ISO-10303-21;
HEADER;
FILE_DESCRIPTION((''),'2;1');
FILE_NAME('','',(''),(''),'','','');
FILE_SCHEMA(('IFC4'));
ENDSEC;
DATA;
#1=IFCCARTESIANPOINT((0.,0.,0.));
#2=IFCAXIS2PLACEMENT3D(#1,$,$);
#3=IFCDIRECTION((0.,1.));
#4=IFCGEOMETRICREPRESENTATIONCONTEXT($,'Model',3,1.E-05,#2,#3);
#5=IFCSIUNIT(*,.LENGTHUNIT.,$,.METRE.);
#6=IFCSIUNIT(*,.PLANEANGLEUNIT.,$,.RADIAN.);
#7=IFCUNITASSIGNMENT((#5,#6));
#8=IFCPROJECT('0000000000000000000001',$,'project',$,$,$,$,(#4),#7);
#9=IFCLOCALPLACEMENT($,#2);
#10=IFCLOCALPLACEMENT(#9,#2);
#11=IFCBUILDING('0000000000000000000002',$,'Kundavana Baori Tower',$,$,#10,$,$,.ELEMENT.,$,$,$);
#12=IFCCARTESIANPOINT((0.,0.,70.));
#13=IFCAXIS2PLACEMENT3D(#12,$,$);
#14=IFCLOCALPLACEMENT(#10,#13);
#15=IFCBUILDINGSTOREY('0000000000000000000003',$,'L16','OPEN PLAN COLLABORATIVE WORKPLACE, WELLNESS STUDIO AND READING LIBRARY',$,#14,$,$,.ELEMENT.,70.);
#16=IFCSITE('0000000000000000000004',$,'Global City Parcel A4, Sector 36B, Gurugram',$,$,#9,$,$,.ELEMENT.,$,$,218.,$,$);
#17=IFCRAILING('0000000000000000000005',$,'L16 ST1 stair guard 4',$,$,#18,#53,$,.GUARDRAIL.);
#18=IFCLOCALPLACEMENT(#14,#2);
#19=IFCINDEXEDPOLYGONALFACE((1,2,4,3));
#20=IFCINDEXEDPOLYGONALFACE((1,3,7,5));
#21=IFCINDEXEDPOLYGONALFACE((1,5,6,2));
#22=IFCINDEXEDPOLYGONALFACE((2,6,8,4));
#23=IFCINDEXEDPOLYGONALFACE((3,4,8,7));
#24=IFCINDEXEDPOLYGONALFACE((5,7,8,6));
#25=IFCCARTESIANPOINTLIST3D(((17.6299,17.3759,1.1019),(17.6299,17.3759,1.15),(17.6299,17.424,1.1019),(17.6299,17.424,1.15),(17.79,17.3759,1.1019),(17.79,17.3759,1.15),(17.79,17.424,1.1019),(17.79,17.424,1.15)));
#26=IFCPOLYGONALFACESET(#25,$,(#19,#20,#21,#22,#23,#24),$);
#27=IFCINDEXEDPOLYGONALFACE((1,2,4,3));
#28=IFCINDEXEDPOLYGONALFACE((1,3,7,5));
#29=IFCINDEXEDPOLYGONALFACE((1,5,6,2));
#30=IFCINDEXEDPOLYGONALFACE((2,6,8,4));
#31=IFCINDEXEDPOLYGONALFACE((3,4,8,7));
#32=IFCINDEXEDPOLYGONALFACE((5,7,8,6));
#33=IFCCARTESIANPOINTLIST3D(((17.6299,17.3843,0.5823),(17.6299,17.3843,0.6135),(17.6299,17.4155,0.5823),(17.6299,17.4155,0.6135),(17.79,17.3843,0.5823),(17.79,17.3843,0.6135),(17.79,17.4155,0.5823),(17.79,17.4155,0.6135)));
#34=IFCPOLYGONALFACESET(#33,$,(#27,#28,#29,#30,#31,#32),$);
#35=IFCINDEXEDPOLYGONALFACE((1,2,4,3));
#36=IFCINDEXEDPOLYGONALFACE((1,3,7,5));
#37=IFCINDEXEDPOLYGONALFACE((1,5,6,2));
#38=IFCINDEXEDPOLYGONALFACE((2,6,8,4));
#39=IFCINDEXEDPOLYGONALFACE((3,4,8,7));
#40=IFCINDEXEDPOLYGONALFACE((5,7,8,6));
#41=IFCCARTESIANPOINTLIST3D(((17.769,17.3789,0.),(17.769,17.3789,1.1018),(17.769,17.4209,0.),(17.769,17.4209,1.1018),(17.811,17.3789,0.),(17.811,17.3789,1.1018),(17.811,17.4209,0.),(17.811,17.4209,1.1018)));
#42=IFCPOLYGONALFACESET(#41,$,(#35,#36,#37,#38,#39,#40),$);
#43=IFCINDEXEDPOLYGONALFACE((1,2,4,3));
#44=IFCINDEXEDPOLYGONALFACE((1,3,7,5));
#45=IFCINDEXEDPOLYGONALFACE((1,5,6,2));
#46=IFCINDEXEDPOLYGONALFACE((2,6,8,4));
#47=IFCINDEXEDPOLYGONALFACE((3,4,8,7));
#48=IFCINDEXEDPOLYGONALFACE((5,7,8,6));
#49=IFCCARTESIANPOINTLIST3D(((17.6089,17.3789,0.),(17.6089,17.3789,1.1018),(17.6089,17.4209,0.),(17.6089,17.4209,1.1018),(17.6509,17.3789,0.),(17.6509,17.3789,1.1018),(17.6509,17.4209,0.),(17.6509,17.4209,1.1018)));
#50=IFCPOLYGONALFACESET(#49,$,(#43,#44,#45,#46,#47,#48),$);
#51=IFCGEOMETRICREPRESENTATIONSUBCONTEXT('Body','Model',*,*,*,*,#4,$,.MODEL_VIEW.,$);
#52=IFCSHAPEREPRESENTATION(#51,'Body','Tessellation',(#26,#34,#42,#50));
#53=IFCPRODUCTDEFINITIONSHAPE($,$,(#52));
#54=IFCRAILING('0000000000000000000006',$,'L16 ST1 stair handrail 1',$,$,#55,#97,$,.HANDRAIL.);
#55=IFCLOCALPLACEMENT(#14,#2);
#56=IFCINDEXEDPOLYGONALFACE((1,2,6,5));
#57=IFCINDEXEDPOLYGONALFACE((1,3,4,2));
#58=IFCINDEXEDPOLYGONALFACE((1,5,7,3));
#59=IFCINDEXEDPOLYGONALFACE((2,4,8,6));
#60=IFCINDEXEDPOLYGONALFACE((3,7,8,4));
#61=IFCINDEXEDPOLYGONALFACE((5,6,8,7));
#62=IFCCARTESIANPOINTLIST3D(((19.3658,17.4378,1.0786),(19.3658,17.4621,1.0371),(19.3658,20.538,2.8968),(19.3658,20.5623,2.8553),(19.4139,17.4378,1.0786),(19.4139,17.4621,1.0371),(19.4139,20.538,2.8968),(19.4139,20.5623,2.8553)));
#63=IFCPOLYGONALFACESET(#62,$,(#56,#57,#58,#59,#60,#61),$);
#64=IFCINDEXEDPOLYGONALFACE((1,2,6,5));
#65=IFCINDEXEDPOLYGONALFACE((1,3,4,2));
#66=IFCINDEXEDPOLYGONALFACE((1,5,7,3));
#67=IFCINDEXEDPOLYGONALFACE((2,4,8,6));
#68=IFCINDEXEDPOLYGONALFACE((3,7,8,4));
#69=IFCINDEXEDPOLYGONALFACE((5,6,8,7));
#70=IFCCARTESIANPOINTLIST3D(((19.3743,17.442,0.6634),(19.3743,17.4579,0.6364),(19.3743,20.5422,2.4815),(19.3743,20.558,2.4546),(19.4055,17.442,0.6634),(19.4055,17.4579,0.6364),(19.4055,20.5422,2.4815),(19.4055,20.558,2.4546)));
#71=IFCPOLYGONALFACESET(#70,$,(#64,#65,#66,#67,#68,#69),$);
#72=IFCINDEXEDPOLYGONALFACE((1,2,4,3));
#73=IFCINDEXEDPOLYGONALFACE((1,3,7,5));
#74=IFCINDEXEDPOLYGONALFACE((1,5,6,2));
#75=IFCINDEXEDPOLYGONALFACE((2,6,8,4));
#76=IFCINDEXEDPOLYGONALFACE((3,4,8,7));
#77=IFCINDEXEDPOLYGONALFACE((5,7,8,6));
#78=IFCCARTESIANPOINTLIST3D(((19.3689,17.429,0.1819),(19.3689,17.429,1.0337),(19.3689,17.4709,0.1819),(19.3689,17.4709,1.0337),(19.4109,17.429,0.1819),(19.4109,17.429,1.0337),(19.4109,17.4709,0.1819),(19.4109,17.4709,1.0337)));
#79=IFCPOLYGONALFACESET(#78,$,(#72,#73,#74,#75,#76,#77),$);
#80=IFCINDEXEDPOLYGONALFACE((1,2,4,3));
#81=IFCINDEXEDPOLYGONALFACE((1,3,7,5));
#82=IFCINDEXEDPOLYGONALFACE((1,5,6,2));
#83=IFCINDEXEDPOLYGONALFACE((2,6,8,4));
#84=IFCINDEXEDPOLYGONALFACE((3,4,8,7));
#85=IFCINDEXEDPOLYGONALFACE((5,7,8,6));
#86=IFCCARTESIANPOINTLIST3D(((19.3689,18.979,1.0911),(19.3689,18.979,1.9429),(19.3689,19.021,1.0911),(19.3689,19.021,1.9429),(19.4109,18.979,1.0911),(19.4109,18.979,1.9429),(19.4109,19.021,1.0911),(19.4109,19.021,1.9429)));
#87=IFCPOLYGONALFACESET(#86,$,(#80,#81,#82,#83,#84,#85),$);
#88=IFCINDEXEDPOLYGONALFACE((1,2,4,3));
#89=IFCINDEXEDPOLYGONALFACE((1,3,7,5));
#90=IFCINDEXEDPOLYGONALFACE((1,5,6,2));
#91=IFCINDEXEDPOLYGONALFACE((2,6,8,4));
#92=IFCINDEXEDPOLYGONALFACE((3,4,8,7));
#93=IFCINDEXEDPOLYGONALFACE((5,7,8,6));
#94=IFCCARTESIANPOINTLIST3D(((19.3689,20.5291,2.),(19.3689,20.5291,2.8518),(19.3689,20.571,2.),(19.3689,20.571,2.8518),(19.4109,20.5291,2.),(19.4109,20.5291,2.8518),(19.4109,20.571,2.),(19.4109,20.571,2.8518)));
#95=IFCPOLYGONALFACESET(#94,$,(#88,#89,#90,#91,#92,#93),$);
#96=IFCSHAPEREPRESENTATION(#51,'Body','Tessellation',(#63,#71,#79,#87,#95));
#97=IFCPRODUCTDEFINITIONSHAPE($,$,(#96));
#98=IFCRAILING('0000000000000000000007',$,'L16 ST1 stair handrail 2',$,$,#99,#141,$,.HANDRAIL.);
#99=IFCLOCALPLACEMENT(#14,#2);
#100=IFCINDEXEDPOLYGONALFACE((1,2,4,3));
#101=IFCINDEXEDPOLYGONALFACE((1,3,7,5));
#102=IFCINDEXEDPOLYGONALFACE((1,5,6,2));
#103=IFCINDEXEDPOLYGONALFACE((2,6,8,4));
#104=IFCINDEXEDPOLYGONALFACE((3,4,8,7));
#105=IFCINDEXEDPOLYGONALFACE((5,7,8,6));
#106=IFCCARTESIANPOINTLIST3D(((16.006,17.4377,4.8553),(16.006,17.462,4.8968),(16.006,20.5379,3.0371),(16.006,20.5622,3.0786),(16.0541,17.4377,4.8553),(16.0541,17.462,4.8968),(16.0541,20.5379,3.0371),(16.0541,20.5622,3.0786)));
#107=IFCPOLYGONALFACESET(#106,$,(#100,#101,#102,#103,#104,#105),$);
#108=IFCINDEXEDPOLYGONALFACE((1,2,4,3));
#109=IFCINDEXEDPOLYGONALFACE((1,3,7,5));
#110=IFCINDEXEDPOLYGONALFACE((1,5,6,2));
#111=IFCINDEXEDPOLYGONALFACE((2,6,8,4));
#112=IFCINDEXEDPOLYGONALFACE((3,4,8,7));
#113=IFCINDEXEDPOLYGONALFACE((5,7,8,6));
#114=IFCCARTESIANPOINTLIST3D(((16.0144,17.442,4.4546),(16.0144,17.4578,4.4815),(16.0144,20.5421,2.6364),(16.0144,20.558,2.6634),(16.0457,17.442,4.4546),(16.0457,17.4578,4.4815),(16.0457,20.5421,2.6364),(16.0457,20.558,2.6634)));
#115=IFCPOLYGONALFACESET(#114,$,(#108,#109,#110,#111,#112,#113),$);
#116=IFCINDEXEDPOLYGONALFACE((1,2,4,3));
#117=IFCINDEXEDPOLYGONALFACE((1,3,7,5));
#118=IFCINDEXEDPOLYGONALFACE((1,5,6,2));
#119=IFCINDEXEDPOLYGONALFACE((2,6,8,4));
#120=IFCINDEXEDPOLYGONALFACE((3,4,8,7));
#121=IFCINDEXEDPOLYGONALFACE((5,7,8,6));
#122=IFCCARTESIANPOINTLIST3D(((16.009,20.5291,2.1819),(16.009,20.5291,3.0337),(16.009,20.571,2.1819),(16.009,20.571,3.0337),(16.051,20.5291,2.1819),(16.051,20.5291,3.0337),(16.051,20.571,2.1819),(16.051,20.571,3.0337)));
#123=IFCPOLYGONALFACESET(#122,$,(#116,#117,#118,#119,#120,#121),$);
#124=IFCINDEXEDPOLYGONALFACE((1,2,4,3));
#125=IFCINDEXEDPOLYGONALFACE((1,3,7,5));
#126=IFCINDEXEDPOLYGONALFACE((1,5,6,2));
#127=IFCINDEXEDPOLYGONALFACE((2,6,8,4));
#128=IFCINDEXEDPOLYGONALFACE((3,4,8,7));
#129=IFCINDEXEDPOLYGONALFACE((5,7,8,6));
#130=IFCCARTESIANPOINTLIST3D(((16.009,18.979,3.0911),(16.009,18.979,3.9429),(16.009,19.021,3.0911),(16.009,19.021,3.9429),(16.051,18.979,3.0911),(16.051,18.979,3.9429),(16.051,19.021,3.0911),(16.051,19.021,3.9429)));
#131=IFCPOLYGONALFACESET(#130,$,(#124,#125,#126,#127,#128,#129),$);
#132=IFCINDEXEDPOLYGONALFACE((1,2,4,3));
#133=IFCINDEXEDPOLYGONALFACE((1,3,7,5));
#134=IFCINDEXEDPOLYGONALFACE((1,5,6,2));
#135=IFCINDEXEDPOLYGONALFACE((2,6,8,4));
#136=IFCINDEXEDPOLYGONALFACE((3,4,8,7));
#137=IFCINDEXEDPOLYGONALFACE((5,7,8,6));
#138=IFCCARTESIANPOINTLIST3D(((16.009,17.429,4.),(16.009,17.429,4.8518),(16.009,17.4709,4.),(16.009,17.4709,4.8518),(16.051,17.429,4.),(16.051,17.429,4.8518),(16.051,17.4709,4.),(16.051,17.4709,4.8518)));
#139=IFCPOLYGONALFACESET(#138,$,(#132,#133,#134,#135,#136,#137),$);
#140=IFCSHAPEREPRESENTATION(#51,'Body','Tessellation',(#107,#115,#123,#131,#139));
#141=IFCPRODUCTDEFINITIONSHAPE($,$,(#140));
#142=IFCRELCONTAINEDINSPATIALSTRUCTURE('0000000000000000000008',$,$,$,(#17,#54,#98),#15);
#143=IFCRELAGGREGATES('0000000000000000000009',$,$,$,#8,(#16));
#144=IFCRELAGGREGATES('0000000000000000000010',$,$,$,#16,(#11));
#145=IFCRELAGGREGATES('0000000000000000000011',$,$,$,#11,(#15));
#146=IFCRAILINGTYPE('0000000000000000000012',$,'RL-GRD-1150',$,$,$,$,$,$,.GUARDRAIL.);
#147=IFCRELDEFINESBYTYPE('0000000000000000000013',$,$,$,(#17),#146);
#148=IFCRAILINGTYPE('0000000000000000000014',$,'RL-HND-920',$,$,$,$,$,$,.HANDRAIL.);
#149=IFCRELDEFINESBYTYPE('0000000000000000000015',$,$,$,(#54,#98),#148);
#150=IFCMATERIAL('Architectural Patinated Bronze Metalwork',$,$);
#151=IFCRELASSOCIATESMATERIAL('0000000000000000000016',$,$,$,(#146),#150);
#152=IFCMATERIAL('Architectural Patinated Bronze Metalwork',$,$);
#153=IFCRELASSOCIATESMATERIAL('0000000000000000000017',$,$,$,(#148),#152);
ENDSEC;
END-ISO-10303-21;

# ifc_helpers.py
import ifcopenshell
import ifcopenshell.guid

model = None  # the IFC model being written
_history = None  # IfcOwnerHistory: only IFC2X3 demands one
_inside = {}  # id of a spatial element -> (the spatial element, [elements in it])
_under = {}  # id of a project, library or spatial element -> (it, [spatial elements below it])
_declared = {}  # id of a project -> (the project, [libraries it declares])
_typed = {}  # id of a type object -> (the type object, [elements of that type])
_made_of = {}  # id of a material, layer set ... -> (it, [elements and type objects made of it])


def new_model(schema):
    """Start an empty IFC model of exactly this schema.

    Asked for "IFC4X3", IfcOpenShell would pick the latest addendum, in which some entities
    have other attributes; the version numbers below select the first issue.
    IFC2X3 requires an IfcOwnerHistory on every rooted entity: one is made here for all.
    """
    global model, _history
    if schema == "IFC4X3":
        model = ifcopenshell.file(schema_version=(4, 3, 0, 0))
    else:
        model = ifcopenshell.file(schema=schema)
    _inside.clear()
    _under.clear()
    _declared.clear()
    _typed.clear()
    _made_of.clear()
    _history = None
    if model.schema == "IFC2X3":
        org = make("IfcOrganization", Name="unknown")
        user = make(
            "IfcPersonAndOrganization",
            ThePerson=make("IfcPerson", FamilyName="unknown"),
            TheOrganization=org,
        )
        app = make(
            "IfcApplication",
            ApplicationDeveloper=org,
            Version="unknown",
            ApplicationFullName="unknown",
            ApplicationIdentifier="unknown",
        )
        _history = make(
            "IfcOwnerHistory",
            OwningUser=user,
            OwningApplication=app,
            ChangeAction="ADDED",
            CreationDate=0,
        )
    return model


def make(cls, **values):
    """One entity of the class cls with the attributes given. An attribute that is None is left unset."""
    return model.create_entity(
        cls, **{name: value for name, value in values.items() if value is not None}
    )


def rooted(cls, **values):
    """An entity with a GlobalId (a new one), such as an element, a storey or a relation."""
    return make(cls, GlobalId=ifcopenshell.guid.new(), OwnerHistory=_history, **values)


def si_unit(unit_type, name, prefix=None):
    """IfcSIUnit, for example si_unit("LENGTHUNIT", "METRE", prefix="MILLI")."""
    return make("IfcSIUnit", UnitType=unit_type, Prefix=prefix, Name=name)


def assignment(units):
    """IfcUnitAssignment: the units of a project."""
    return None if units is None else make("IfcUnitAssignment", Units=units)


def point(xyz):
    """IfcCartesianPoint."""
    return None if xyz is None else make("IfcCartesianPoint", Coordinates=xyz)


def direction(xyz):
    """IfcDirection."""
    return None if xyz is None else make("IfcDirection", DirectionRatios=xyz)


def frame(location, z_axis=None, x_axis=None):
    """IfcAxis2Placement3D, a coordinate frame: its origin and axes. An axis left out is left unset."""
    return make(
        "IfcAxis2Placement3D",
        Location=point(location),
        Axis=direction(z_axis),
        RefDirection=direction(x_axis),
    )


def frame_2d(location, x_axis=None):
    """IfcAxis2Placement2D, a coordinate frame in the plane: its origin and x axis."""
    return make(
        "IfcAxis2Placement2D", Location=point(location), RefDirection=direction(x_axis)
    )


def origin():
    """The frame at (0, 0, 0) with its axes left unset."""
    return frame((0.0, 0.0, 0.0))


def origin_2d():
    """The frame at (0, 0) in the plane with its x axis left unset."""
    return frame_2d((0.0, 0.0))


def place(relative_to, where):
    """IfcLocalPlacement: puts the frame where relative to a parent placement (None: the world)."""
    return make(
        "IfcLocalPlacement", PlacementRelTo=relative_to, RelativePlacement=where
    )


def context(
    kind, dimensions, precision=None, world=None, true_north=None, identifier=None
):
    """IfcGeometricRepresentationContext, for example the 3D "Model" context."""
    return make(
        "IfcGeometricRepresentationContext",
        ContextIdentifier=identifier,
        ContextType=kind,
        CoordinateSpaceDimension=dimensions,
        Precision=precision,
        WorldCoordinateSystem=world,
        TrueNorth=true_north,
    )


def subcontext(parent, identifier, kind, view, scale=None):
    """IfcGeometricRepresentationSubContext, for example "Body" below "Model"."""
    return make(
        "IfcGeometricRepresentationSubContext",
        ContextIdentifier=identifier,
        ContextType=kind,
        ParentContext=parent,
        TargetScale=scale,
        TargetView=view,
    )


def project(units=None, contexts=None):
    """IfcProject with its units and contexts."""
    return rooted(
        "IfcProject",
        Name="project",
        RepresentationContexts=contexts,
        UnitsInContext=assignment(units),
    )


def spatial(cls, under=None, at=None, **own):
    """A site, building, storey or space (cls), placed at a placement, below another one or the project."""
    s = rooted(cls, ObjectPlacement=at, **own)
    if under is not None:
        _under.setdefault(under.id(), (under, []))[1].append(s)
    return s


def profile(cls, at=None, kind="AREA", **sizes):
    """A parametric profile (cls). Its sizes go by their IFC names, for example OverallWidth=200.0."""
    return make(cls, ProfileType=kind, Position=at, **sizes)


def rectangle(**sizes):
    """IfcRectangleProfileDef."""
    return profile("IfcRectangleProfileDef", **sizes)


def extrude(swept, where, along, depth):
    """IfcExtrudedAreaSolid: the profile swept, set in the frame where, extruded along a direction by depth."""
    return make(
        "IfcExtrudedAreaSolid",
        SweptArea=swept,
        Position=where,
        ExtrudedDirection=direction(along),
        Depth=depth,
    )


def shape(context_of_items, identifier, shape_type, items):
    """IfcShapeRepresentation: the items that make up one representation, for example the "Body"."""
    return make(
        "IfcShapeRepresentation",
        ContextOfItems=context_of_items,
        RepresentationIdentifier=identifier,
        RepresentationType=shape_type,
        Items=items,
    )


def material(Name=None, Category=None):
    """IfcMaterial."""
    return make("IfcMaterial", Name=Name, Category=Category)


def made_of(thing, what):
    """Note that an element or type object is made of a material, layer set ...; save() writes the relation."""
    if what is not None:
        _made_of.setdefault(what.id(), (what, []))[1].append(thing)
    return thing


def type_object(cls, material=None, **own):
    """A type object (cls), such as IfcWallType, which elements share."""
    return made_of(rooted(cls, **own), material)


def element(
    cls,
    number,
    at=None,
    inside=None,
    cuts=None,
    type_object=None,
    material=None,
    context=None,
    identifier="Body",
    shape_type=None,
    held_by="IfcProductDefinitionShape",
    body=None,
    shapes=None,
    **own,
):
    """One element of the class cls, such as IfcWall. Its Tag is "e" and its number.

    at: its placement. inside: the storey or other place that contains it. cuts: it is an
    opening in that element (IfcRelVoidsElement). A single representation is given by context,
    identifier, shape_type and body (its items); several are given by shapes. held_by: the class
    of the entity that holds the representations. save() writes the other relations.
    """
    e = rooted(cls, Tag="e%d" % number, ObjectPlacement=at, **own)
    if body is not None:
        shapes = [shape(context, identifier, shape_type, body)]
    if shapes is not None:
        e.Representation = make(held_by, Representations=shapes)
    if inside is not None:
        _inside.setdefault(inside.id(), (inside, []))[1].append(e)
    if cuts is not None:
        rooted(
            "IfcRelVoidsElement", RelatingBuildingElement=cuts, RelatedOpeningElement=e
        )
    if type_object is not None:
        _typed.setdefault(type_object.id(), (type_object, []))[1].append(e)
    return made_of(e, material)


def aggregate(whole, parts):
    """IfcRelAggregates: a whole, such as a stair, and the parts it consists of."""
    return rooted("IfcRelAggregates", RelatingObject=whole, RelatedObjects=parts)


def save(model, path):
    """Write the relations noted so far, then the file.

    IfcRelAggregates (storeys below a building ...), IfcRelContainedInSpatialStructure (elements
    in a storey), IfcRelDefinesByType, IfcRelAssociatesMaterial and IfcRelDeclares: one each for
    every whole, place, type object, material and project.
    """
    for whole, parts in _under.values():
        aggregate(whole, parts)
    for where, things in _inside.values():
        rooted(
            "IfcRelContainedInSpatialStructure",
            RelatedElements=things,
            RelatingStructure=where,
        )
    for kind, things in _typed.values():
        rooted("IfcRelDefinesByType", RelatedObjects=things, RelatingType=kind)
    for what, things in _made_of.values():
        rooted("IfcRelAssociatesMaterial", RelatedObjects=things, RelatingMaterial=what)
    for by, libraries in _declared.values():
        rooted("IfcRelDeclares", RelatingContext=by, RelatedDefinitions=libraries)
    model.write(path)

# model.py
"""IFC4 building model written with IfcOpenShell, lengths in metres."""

from ifc_helpers import new_model, si_unit, direction, frame, origin, origin_2d, place, context, subcontext, project, spatial, rectangle, extrude, material, type_object, element, save


model = new_model("IFC4")

# Units and contexts
model_context = context("Model", 3, precision=1e-05, world=origin(), true_north=direction((0.0, 1.0)))
body_context = subcontext(model_context, "Body", "Model", "MODEL_VIEW")
ifc_project = project(units=[si_unit("LENGTHUNIT", "METRE"), si_unit("PLANEANGLEUNIT", "RADIAN")], contexts=[model_context])

# Site, building, storey
site_placement = place(None, origin())
site = spatial("IfcSite", under=ifc_project, at=site_placement, Name="Global City Parcel A4, Sector 36B, Gurugram", CompositionType="ELEMENT", RefElevation=218.0)
building_placement = place(site_placement, origin())
building = spatial("IfcBuilding", under=site, at=building_placement, Name="Kundavana Baori Tower", CompositionType="ELEMENT")
storey_placement = place(building_placement, frame((0.0, 0.0, 70.0)))
storey = spatial("IfcBuildingStorey", under=building, at=storey_placement, Name="L16", Description="OPEN PLAN COLLABORATIVE WORKPLACE, WELLNESS STUDIO AND READING LIBRARY", CompositionType="ELEMENT", Elevation=70.0)

# Railings
ifc_material_1 = material(Name="Architectural Patinated Bronze Metalwork")
railing_type_1 = type_object("IfcRailingType", Name="RL-GRD-1150", PredefinedType="GUARDRAIL", material=ifc_material_1)
railing_1_placement = place(storey_placement, frame((17.79, 17.3999, 0.0)))
element("IfcRailing", 1, at=railing_1_placement, inside=storey, type_object=railing_type_1, Name="L16 ST1 stair guard 4", PredefinedType="GUARDRAIL", context=body_context, shape_type="SweptSolid", body=[
    extrude(rectangle(XDim=0.0481, YDim=0.0481, at=origin_2d()), frame((0.0, 0.0, 1.126), z_axis=(-1.0, 0.0, 0.0), x_axis=(0.0, -1.0, 0.0)), (0.0, 0.0, 1.0), 0.1602),
    extrude(rectangle(XDim=0.0312, YDim=0.0312, at=origin_2d()), frame((0.0, 0.0, 0.5979), z_axis=(-1.0, 0.0, 0.0), x_axis=(0.0, -1.0, 0.0)), (0.0, 0.0, 1.0), 0.1602),
    extrude(rectangle(XDim=0.042, YDim=0.042, at=origin_2d()), origin(), (0.0, 0.0, 1.0), 1.1018),
    extrude(rectangle(XDim=0.042, YDim=0.042, at=origin_2d()), frame((-0.1602, 0.0, 0.0)), (0.0, 0.0, 1.0), 1.1018),
])
ifc_material_2 = material(Name="Architectural Patinated Bronze Metalwork")
railing_type_2 = type_object("IfcRailingType", Name="RL-HND-920", PredefinedType="HANDRAIL", material=ifc_material_2)
railing_2_placement = place(storey_placement, frame((19.3899, 17.45, 0.1819)))
element("IfcRailing", 2, at=railing_2_placement, inside=storey, type_object=railing_type_2, Name="L16 ST1 stair handrail 1", PredefinedType="HANDRAIL", context=body_context, shape_type="SweptSolid", body=[
    extrude(rectangle(XDim=0.0481, YDim=0.0481, at=origin_2d()), frame((0.0, 0.0, 0.876), z_axis=(0.0, 0.862599, 0.505889), x_axis=(-1.0, 0.0, 0.0)), (0.0, 0.0, 1.0), 3.594),
    extrude(rectangle(XDim=0.0312, YDim=0.0312, at=origin_2d()), frame((0.0, 0.0, 0.468), z_axis=(0.0, 0.862599, 0.505889), x_axis=(-1.0, 0.0, 0.0)), (0.0, 0.0, 1.0), 3.594),
    extrude(rectangle(XDim=0.042, YDim=0.042, at=origin_2d()), origin(), (0.0, 0.0, 1.0), 0.8518),
    extrude(rectangle(XDim=0.042, YDim=0.042, at=origin_2d()), frame((0.0, 1.55, 0.9092)), (0.0, 0.0, 1.0), 0.8518),
    extrude(rectangle(XDim=0.042, YDim=0.042, at=origin_2d()), frame((0.0, 3.1001, 1.8181)), (0.0, 0.0, 1.0), 0.8518),
])
railing_3_placement = place(storey_placement, frame((16.03, 20.55, 2.1819)))
element("IfcRailing", 3, at=railing_3_placement, inside=storey, type_object=railing_type_2, Name="L16 ST1 stair handrail 2", PredefinedType="HANDRAIL", context=body_context, shape_type="SweptSolid", body=[
    extrude(rectangle(XDim=0.0481, YDim=0.0481, at=origin_2d()), frame((0.0, 0.0, 0.876), z_axis=(0.0, -0.862599, 0.505889), x_axis=(1.0, 0.0, 0.0)), (0.0, 0.0, 1.0), 3.594),
    extrude(rectangle(XDim=0.0312, YDim=0.0312, at=origin_2d()), frame((0.0, 0.0, 0.468), z_axis=(0.0, -0.862599, 0.505889), x_axis=(1.0, 0.0, 0.0)), (0.0, 0.0, 1.0), 3.594),
    extrude(rectangle(XDim=0.042, YDim=0.042, at=origin_2d()), origin(), (0.0, 0.0, 1.0), 0.8518),
    extrude(rectangle(XDim=0.042, YDim=0.042, at=origin_2d()), frame((0.0, -1.55, 0.9092)), (0.0, 0.0, 1.0), 0.8518),
    extrude(rectangle(XDim=0.042, YDim=0.042, at=origin_2d()), frame((0.0, -3.1001, 1.8181)), (0.0, 0.0, 1.0), 0.8518),
])

save(model, "model.ifc")
